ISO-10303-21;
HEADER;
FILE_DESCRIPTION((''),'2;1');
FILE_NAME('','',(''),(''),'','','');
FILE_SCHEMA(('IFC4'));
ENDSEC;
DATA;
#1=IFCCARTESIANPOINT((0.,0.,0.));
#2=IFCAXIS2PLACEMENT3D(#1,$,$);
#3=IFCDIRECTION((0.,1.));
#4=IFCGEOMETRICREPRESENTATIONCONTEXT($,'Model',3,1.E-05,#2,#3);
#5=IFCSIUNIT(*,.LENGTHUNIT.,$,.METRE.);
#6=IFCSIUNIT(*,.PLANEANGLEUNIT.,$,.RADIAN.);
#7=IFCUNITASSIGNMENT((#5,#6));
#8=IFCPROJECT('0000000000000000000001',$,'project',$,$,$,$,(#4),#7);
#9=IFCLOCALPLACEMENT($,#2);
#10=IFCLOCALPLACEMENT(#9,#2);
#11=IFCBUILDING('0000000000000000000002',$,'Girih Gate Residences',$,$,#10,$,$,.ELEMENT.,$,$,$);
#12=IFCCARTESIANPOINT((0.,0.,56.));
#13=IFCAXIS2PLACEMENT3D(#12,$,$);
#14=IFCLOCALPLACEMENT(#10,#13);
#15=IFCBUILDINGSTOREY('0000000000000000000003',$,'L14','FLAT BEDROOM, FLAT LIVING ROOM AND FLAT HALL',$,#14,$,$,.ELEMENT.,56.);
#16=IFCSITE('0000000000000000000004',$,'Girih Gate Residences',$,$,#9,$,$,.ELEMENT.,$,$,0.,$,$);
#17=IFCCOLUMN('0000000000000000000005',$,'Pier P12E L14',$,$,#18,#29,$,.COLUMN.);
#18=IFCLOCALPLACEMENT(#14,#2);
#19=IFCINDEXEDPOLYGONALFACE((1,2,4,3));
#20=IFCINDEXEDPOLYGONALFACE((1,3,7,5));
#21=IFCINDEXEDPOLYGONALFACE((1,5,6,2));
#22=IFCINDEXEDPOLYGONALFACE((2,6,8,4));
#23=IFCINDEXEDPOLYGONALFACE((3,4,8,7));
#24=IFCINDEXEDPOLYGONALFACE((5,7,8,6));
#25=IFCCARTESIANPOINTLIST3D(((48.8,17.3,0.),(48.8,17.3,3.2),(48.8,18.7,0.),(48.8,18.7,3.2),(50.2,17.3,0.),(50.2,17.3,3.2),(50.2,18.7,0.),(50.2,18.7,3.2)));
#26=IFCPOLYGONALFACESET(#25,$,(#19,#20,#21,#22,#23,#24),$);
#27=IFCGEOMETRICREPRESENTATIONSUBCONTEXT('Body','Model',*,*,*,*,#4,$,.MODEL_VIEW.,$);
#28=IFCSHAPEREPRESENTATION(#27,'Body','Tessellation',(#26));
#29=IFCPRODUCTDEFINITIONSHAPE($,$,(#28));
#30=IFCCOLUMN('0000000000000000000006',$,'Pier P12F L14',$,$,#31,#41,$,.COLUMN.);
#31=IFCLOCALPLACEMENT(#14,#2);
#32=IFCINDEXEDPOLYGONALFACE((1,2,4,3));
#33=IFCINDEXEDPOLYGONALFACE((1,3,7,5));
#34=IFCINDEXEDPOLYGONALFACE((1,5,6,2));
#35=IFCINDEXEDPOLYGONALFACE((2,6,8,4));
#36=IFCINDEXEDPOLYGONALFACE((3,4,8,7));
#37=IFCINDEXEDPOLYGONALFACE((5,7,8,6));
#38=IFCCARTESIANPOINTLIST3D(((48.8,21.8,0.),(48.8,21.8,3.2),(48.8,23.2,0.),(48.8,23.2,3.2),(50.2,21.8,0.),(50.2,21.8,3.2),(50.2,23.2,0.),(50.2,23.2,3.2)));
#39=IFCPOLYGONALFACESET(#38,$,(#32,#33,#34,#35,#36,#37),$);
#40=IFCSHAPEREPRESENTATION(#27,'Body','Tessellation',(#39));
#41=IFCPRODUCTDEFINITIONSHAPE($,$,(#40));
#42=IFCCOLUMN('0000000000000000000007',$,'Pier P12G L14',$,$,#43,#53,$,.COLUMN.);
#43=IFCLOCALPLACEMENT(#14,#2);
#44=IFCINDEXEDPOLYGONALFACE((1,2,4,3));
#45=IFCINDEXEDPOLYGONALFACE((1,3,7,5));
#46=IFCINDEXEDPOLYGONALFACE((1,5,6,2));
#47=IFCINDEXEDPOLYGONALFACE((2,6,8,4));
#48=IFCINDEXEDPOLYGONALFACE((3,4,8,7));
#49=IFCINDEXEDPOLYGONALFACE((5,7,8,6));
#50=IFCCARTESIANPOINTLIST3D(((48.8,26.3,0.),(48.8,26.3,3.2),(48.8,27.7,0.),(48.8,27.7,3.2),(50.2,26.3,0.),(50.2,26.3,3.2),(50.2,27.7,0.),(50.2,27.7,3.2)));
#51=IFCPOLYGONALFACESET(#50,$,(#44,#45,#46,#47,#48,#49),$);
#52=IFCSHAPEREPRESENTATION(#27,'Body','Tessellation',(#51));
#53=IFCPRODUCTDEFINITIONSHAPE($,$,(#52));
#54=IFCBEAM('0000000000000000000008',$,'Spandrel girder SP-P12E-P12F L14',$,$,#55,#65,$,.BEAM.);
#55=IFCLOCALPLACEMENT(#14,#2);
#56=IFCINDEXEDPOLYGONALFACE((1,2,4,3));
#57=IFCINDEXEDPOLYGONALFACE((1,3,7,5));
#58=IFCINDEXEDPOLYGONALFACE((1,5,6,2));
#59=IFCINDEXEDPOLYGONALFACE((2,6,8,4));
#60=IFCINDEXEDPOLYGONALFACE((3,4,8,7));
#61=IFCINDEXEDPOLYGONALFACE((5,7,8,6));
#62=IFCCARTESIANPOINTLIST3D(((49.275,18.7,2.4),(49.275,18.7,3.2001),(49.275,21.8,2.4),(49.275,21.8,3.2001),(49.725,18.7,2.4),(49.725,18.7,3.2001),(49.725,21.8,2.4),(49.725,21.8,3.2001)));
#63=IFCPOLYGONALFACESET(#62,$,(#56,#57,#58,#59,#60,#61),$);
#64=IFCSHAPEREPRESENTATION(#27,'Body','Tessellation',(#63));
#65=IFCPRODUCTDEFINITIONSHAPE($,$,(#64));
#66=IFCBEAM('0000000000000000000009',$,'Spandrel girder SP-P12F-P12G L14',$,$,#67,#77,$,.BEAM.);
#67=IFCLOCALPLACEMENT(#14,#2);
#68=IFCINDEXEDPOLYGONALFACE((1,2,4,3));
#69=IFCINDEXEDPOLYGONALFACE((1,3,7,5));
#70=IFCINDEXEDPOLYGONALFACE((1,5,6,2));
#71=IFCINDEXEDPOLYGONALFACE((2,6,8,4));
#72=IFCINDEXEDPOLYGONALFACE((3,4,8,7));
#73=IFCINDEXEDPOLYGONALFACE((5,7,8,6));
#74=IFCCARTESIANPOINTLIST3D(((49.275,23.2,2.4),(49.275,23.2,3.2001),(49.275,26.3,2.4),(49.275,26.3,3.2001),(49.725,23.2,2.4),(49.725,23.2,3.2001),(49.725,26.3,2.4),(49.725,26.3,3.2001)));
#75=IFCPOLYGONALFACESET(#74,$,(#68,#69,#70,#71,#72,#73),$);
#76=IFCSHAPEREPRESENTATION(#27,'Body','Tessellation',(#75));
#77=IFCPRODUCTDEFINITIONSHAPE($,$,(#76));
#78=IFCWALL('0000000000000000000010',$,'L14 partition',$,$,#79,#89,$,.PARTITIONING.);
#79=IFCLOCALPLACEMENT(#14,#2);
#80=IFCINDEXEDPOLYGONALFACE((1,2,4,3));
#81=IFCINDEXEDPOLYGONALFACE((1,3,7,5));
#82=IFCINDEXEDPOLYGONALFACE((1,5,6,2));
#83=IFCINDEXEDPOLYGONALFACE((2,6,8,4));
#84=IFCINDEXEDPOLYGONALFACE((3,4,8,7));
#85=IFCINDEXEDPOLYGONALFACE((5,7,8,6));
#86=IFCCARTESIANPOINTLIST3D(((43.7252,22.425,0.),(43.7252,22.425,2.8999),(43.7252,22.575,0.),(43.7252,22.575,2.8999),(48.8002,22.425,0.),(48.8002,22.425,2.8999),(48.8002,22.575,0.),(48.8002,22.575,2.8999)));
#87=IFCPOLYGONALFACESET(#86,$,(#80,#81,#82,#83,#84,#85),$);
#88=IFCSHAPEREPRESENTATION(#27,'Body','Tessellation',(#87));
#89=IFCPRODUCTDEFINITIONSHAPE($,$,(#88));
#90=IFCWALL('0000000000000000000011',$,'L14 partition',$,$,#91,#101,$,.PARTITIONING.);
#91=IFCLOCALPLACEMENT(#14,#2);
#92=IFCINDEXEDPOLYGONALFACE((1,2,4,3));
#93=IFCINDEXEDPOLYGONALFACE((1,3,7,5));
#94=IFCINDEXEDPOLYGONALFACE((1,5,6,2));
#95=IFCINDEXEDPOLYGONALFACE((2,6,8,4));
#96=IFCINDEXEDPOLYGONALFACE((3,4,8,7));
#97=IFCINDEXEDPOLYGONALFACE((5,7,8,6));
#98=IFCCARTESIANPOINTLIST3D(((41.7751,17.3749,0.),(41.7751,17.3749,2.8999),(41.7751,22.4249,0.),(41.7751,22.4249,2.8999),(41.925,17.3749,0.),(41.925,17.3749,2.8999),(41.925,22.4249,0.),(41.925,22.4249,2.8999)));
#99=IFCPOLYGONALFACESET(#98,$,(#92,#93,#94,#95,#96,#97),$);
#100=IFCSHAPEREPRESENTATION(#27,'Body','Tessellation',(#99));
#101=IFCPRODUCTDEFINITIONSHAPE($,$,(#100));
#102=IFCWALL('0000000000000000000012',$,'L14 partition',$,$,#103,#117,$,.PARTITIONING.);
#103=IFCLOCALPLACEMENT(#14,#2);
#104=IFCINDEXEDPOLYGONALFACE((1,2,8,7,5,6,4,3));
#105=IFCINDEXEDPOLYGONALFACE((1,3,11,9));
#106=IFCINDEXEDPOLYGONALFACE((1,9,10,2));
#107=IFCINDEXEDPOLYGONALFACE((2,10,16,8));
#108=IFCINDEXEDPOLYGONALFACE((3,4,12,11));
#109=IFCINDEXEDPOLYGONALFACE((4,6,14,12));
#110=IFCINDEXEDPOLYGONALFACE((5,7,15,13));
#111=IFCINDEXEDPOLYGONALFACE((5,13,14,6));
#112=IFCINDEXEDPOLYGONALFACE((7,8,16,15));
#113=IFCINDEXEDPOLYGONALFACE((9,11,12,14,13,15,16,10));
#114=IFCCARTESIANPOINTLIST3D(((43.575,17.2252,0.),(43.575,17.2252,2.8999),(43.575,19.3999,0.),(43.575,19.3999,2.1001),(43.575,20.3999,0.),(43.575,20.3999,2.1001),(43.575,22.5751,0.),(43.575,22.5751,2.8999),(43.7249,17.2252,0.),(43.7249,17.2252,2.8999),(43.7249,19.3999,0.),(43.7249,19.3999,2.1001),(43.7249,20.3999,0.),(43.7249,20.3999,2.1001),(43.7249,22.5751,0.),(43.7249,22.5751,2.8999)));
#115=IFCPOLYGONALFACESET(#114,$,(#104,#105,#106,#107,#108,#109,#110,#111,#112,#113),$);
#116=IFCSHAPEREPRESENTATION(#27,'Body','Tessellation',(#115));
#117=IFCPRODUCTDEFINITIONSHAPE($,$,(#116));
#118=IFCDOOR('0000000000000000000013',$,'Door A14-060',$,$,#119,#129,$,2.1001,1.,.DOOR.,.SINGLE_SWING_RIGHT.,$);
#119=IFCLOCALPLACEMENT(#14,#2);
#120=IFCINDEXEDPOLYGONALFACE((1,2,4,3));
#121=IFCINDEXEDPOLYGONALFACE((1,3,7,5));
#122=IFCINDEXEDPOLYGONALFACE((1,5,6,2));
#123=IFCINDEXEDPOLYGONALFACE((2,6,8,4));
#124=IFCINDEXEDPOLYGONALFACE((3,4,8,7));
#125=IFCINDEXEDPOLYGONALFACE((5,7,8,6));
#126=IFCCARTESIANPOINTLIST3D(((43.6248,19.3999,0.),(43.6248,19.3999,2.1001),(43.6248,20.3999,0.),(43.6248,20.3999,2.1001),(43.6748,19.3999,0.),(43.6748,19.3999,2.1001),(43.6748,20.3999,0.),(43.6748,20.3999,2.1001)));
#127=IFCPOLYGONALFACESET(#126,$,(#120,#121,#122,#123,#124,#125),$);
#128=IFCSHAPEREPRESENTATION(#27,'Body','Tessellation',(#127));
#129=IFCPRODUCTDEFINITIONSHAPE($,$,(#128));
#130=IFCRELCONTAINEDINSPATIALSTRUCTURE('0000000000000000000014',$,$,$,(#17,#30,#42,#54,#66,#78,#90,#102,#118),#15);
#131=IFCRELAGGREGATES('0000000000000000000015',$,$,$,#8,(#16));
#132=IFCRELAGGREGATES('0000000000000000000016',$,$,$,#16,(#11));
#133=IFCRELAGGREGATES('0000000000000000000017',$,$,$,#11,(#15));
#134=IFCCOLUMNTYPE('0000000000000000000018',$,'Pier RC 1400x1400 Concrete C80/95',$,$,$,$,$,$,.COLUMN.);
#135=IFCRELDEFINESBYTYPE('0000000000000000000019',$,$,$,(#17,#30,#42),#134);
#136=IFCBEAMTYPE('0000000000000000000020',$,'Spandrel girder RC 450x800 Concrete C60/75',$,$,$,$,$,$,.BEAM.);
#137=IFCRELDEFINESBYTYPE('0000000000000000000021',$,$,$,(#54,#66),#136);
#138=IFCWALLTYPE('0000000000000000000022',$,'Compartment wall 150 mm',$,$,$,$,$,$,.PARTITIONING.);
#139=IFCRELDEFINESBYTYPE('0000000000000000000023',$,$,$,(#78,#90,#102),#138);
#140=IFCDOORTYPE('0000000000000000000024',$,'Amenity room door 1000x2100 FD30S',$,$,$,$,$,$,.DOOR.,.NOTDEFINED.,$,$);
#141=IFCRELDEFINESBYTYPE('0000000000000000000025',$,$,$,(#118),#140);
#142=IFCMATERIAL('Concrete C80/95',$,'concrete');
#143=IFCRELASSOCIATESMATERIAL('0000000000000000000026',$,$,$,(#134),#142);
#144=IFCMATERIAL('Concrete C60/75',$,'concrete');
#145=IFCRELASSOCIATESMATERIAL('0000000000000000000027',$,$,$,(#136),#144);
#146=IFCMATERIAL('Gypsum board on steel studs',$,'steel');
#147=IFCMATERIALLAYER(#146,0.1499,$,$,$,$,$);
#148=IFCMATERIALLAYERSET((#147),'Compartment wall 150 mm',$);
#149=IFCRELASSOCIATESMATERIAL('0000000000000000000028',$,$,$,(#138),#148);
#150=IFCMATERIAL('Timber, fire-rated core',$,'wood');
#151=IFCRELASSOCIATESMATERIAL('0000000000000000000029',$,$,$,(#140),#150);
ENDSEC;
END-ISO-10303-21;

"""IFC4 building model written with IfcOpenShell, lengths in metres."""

from ifc_helpers import new_model, si_unit, direction, frame, frame_2d, origin, origin_2d, place, context, subcontext, project, spatial, rectangle, extrude, material, layer, layer_set, material_profile, profile_set, type_object, element, fill, save


model = new_model("IFC4")

# Units and contexts
model_context = context("Model", 3, precision=1e-05, world=origin(), true_north=direction((0.0, 1.0)))
body_context = subcontext(model_context, "Body", "Model", "MODEL_VIEW")
ifc_project = project(units=[si_unit("LENGTHUNIT", "METRE"), si_unit("PLANEANGLEUNIT", "RADIAN")], contexts=[model_context])

# Site, building, storey
site_placement = place(None, origin())
site = spatial("IfcSite", under=ifc_project, at=site_placement, Name="Girih Gate Residences", CompositionType="ELEMENT", RefElevation=0.0)
building_placement = place(site_placement, origin())
building = spatial("IfcBuilding", under=site, at=building_placement, Name="Girih Gate Residences", CompositionType="ELEMENT")
storey_placement = place(building_placement, frame((0.0, 0.0, 56.0)))
storey = spatial("IfcBuildingStorey", under=building, at=storey_placement, Name="L14", Description="FLAT BEDROOM, FLAT LIVING ROOM AND FLAT HALL", CompositionType="ELEMENT", Elevation=56.0)

# Columns
ifc_material_1 = material(Name="Concrete C80/95", Category="concrete")
ifc_material_profile_1 = material_profile(ifc_material_1, rectangle(XDim=1.3999, YDim=1.3999, at=origin_2d()))
ifc_profile_set_1 = profile_set([ifc_material_profile_1], Name="Concrete C80/95")
column_type = type_object("IfcColumnType", Name="Pier RC 1400x1400 Concrete C80/95", PredefinedType="COLUMN", material=ifc_profile_set_1)
for number, where, z_axis, x_axis, name in (
    (1, (49.5, 18.0, 0.0), (0.0, 0.0, 1.0), (1.0, 0.0, 0.0), "Pier P12E L14"),
    (2, (49.5, 22.5, 0.0), (0.0, 0.0, 1.0), (1.0, 0.0, 0.0), "Pier P12F L14"),
    (3, (49.5, 27.0, 0.0), (0.0, 0.0, 1.0), (1.0, 0.0, 0.0), "Pier P12G L14"),
):
    element("IfcColumn", number, at=place(storey_placement, frame(where, z_axis=z_axis, x_axis=x_axis)), inside=storey, type_object=column_type, Name=name, PredefinedType="COLUMN", context=body_context, shape_type="SweptSolid", body=[
        extrude(rectangle(XDim=1.3999, YDim=1.3999, at=origin_2d()), origin(), (0.0, 0.0, 1.0), 3.2),
    ])

# Beams
ifc_material_2 = material(Name="Concrete C60/75", Category="concrete")
ifc_material_profile_2 = material_profile(ifc_material_2, rectangle(XDim=0.45, YDim=0.8, at=origin_2d()))
ifc_profile_set_2 = profile_set([ifc_material_profile_2], Name="Concrete C60/75")
beam_type = type_object("IfcBeamType", Name="Spandrel girder RC 450x800 Concrete C60/75", PredefinedType="BEAM", material=ifc_profile_set_2)
for number, where, z_axis, x_axis, name in (
    (4, (49.5, 18.7, 2.8), (0.0, 1.0, 0.0), (-1.0, 0.0, 0.0), "Spandrel girder SP-P12E-P12F L14"),
    (5, (49.5, 23.2, 2.8), (0.0, 1.0, 0.0), (-1.0, 0.0, 0.0), "Spandrel girder SP-P12F-P12G L14"),
):
    element("IfcBeam", number, at=place(storey_placement, frame(where, z_axis=z_axis, x_axis=x_axis)), inside=storey, type_object=beam_type, Name=name, PredefinedType="BEAM", context=body_context, shape_type="SweptSolid", body=[
        extrude(rectangle(XDim=0.45, YDim=0.8, at=origin_2d()), origin(), (0.0, 0.0, 1.0), 3.1001),
    ])

# Walls
ifc_material_3 = material(Name="Gypsum board on steel studs", Category="steel")
ifc_layer_1 = layer(ifc_material_3, 0.1499)
ifc_layer_set_1 = layer_set([ifc_layer_1], Name="Compartment wall 150 mm")
wall_type_1 = type_object("IfcWallType", Name="Compartment wall 150 mm", PredefinedType="PARTITIONING", material=ifc_layer_set_1)
wall_1_placement = place(storey_placement, frame((43.7251, 22.5, 0.0), z_axis=(0.0, 0.0, 1.0), x_axis=(1.0, 0.0, 0.0)))
element("IfcWall", 6, at=wall_1_placement, inside=storey, type_object=wall_type_1, Name="L14 partition", PredefinedType="PARTITIONING", context=body_context, shape_type="SweptSolid", body=[
    extrude(rectangle(XDim=5.075, YDim=0.1499, at=frame_2d((2.5376, 0.0))), origin(), (0.0, 0.0, 1.0), 2.8999),
])
wall_2_placement = place(storey_placement, frame((41.8501, 17.375, 0.0), z_axis=(0.0, 0.0, 1.0), x_axis=(0.0, 1.0, 0.0)))
element("IfcWall", 7, at=wall_2_placement, inside=storey, type_object=wall_type_1, Name="L14 partition", PredefinedType="PARTITIONING", context=body_context, shape_type="SweptSolid", body=[
    extrude(rectangle(XDim=5.05, YDim=0.1499, at=frame_2d((2.5249, 0.0))), origin(), (0.0, 0.0, 1.0), 2.8999),
])

# Wall, opening, door
wall_3_placement = place(storey_placement, frame((43.6499, 22.575, 0.0), z_axis=(0.0, 0.0, 1.0), x_axis=(0.0, -1.0, 0.0)))
wall_3 = element("IfcWall", 8, at=wall_3_placement, inside=storey, type_object=wall_type_1, Name="L14 partition", PredefinedType="PARTITIONING", context=body_context, shape_type="SweptSolid", body=[
    extrude(rectangle(XDim=5.3499, YDim=0.1499, at=frame_2d((2.6748, 0.0))), origin(), (0.0, 0.0, 1.0), 2.8999),
])
opening_1_placement = place(wall_3_placement, frame((2.175, 0.0, 0.0)))
opening_1 = element("IfcOpeningElement", 9, at=opening_1_placement, cuts=wall_3, PredefinedType="OPENING", context=body_context, shape_type="SweptSolid", body=[
    extrude(rectangle(XDim=1.0, YDim=2.1001, at=frame_2d((0.5, 1.05))), frame((0.0, 0.085, 0.0), z_axis=(0.0, -1.0, 0.0), x_axis=(1.0, 0.0, 0.0)), (0.0, 0.0, 1.0), 0.1699),
])
ifc_material_4 = material(Name="Timber, fire-rated core", Category="wood")
door_type_1 = type_object("IfcDoorType", Name="Amenity room door 1000x2100 FD30S", OperationType="NOTDEFINED", PredefinedType="DOOR", material=ifc_material_4)
door_1_placement = place(opening_1_placement, origin())
door_1 = element("IfcDoor", 10, at=door_1_placement, inside=storey, type_object=door_type_1, Name="Door A14-060", OperationType="SINGLE_SWING_RIGHT", OverallHeight=2.1001, OverallWidth=1.0, PredefinedType="DOOR", context=body_context, shape_type="SweptSolid", body=[
    extrude(rectangle(XDim=1.0, YDim=2.1001, at=frame_2d((0.5, 1.05))), frame((0.0, 0.0249, 0.0), z_axis=(0.0, -1.0, 0.0), x_axis=(1.0, 0.0, 0.0)), (0.0, 0.0, 1.0), 0.05),
])
fill(opening_1, door_1)

save(model, "model.ifc")
